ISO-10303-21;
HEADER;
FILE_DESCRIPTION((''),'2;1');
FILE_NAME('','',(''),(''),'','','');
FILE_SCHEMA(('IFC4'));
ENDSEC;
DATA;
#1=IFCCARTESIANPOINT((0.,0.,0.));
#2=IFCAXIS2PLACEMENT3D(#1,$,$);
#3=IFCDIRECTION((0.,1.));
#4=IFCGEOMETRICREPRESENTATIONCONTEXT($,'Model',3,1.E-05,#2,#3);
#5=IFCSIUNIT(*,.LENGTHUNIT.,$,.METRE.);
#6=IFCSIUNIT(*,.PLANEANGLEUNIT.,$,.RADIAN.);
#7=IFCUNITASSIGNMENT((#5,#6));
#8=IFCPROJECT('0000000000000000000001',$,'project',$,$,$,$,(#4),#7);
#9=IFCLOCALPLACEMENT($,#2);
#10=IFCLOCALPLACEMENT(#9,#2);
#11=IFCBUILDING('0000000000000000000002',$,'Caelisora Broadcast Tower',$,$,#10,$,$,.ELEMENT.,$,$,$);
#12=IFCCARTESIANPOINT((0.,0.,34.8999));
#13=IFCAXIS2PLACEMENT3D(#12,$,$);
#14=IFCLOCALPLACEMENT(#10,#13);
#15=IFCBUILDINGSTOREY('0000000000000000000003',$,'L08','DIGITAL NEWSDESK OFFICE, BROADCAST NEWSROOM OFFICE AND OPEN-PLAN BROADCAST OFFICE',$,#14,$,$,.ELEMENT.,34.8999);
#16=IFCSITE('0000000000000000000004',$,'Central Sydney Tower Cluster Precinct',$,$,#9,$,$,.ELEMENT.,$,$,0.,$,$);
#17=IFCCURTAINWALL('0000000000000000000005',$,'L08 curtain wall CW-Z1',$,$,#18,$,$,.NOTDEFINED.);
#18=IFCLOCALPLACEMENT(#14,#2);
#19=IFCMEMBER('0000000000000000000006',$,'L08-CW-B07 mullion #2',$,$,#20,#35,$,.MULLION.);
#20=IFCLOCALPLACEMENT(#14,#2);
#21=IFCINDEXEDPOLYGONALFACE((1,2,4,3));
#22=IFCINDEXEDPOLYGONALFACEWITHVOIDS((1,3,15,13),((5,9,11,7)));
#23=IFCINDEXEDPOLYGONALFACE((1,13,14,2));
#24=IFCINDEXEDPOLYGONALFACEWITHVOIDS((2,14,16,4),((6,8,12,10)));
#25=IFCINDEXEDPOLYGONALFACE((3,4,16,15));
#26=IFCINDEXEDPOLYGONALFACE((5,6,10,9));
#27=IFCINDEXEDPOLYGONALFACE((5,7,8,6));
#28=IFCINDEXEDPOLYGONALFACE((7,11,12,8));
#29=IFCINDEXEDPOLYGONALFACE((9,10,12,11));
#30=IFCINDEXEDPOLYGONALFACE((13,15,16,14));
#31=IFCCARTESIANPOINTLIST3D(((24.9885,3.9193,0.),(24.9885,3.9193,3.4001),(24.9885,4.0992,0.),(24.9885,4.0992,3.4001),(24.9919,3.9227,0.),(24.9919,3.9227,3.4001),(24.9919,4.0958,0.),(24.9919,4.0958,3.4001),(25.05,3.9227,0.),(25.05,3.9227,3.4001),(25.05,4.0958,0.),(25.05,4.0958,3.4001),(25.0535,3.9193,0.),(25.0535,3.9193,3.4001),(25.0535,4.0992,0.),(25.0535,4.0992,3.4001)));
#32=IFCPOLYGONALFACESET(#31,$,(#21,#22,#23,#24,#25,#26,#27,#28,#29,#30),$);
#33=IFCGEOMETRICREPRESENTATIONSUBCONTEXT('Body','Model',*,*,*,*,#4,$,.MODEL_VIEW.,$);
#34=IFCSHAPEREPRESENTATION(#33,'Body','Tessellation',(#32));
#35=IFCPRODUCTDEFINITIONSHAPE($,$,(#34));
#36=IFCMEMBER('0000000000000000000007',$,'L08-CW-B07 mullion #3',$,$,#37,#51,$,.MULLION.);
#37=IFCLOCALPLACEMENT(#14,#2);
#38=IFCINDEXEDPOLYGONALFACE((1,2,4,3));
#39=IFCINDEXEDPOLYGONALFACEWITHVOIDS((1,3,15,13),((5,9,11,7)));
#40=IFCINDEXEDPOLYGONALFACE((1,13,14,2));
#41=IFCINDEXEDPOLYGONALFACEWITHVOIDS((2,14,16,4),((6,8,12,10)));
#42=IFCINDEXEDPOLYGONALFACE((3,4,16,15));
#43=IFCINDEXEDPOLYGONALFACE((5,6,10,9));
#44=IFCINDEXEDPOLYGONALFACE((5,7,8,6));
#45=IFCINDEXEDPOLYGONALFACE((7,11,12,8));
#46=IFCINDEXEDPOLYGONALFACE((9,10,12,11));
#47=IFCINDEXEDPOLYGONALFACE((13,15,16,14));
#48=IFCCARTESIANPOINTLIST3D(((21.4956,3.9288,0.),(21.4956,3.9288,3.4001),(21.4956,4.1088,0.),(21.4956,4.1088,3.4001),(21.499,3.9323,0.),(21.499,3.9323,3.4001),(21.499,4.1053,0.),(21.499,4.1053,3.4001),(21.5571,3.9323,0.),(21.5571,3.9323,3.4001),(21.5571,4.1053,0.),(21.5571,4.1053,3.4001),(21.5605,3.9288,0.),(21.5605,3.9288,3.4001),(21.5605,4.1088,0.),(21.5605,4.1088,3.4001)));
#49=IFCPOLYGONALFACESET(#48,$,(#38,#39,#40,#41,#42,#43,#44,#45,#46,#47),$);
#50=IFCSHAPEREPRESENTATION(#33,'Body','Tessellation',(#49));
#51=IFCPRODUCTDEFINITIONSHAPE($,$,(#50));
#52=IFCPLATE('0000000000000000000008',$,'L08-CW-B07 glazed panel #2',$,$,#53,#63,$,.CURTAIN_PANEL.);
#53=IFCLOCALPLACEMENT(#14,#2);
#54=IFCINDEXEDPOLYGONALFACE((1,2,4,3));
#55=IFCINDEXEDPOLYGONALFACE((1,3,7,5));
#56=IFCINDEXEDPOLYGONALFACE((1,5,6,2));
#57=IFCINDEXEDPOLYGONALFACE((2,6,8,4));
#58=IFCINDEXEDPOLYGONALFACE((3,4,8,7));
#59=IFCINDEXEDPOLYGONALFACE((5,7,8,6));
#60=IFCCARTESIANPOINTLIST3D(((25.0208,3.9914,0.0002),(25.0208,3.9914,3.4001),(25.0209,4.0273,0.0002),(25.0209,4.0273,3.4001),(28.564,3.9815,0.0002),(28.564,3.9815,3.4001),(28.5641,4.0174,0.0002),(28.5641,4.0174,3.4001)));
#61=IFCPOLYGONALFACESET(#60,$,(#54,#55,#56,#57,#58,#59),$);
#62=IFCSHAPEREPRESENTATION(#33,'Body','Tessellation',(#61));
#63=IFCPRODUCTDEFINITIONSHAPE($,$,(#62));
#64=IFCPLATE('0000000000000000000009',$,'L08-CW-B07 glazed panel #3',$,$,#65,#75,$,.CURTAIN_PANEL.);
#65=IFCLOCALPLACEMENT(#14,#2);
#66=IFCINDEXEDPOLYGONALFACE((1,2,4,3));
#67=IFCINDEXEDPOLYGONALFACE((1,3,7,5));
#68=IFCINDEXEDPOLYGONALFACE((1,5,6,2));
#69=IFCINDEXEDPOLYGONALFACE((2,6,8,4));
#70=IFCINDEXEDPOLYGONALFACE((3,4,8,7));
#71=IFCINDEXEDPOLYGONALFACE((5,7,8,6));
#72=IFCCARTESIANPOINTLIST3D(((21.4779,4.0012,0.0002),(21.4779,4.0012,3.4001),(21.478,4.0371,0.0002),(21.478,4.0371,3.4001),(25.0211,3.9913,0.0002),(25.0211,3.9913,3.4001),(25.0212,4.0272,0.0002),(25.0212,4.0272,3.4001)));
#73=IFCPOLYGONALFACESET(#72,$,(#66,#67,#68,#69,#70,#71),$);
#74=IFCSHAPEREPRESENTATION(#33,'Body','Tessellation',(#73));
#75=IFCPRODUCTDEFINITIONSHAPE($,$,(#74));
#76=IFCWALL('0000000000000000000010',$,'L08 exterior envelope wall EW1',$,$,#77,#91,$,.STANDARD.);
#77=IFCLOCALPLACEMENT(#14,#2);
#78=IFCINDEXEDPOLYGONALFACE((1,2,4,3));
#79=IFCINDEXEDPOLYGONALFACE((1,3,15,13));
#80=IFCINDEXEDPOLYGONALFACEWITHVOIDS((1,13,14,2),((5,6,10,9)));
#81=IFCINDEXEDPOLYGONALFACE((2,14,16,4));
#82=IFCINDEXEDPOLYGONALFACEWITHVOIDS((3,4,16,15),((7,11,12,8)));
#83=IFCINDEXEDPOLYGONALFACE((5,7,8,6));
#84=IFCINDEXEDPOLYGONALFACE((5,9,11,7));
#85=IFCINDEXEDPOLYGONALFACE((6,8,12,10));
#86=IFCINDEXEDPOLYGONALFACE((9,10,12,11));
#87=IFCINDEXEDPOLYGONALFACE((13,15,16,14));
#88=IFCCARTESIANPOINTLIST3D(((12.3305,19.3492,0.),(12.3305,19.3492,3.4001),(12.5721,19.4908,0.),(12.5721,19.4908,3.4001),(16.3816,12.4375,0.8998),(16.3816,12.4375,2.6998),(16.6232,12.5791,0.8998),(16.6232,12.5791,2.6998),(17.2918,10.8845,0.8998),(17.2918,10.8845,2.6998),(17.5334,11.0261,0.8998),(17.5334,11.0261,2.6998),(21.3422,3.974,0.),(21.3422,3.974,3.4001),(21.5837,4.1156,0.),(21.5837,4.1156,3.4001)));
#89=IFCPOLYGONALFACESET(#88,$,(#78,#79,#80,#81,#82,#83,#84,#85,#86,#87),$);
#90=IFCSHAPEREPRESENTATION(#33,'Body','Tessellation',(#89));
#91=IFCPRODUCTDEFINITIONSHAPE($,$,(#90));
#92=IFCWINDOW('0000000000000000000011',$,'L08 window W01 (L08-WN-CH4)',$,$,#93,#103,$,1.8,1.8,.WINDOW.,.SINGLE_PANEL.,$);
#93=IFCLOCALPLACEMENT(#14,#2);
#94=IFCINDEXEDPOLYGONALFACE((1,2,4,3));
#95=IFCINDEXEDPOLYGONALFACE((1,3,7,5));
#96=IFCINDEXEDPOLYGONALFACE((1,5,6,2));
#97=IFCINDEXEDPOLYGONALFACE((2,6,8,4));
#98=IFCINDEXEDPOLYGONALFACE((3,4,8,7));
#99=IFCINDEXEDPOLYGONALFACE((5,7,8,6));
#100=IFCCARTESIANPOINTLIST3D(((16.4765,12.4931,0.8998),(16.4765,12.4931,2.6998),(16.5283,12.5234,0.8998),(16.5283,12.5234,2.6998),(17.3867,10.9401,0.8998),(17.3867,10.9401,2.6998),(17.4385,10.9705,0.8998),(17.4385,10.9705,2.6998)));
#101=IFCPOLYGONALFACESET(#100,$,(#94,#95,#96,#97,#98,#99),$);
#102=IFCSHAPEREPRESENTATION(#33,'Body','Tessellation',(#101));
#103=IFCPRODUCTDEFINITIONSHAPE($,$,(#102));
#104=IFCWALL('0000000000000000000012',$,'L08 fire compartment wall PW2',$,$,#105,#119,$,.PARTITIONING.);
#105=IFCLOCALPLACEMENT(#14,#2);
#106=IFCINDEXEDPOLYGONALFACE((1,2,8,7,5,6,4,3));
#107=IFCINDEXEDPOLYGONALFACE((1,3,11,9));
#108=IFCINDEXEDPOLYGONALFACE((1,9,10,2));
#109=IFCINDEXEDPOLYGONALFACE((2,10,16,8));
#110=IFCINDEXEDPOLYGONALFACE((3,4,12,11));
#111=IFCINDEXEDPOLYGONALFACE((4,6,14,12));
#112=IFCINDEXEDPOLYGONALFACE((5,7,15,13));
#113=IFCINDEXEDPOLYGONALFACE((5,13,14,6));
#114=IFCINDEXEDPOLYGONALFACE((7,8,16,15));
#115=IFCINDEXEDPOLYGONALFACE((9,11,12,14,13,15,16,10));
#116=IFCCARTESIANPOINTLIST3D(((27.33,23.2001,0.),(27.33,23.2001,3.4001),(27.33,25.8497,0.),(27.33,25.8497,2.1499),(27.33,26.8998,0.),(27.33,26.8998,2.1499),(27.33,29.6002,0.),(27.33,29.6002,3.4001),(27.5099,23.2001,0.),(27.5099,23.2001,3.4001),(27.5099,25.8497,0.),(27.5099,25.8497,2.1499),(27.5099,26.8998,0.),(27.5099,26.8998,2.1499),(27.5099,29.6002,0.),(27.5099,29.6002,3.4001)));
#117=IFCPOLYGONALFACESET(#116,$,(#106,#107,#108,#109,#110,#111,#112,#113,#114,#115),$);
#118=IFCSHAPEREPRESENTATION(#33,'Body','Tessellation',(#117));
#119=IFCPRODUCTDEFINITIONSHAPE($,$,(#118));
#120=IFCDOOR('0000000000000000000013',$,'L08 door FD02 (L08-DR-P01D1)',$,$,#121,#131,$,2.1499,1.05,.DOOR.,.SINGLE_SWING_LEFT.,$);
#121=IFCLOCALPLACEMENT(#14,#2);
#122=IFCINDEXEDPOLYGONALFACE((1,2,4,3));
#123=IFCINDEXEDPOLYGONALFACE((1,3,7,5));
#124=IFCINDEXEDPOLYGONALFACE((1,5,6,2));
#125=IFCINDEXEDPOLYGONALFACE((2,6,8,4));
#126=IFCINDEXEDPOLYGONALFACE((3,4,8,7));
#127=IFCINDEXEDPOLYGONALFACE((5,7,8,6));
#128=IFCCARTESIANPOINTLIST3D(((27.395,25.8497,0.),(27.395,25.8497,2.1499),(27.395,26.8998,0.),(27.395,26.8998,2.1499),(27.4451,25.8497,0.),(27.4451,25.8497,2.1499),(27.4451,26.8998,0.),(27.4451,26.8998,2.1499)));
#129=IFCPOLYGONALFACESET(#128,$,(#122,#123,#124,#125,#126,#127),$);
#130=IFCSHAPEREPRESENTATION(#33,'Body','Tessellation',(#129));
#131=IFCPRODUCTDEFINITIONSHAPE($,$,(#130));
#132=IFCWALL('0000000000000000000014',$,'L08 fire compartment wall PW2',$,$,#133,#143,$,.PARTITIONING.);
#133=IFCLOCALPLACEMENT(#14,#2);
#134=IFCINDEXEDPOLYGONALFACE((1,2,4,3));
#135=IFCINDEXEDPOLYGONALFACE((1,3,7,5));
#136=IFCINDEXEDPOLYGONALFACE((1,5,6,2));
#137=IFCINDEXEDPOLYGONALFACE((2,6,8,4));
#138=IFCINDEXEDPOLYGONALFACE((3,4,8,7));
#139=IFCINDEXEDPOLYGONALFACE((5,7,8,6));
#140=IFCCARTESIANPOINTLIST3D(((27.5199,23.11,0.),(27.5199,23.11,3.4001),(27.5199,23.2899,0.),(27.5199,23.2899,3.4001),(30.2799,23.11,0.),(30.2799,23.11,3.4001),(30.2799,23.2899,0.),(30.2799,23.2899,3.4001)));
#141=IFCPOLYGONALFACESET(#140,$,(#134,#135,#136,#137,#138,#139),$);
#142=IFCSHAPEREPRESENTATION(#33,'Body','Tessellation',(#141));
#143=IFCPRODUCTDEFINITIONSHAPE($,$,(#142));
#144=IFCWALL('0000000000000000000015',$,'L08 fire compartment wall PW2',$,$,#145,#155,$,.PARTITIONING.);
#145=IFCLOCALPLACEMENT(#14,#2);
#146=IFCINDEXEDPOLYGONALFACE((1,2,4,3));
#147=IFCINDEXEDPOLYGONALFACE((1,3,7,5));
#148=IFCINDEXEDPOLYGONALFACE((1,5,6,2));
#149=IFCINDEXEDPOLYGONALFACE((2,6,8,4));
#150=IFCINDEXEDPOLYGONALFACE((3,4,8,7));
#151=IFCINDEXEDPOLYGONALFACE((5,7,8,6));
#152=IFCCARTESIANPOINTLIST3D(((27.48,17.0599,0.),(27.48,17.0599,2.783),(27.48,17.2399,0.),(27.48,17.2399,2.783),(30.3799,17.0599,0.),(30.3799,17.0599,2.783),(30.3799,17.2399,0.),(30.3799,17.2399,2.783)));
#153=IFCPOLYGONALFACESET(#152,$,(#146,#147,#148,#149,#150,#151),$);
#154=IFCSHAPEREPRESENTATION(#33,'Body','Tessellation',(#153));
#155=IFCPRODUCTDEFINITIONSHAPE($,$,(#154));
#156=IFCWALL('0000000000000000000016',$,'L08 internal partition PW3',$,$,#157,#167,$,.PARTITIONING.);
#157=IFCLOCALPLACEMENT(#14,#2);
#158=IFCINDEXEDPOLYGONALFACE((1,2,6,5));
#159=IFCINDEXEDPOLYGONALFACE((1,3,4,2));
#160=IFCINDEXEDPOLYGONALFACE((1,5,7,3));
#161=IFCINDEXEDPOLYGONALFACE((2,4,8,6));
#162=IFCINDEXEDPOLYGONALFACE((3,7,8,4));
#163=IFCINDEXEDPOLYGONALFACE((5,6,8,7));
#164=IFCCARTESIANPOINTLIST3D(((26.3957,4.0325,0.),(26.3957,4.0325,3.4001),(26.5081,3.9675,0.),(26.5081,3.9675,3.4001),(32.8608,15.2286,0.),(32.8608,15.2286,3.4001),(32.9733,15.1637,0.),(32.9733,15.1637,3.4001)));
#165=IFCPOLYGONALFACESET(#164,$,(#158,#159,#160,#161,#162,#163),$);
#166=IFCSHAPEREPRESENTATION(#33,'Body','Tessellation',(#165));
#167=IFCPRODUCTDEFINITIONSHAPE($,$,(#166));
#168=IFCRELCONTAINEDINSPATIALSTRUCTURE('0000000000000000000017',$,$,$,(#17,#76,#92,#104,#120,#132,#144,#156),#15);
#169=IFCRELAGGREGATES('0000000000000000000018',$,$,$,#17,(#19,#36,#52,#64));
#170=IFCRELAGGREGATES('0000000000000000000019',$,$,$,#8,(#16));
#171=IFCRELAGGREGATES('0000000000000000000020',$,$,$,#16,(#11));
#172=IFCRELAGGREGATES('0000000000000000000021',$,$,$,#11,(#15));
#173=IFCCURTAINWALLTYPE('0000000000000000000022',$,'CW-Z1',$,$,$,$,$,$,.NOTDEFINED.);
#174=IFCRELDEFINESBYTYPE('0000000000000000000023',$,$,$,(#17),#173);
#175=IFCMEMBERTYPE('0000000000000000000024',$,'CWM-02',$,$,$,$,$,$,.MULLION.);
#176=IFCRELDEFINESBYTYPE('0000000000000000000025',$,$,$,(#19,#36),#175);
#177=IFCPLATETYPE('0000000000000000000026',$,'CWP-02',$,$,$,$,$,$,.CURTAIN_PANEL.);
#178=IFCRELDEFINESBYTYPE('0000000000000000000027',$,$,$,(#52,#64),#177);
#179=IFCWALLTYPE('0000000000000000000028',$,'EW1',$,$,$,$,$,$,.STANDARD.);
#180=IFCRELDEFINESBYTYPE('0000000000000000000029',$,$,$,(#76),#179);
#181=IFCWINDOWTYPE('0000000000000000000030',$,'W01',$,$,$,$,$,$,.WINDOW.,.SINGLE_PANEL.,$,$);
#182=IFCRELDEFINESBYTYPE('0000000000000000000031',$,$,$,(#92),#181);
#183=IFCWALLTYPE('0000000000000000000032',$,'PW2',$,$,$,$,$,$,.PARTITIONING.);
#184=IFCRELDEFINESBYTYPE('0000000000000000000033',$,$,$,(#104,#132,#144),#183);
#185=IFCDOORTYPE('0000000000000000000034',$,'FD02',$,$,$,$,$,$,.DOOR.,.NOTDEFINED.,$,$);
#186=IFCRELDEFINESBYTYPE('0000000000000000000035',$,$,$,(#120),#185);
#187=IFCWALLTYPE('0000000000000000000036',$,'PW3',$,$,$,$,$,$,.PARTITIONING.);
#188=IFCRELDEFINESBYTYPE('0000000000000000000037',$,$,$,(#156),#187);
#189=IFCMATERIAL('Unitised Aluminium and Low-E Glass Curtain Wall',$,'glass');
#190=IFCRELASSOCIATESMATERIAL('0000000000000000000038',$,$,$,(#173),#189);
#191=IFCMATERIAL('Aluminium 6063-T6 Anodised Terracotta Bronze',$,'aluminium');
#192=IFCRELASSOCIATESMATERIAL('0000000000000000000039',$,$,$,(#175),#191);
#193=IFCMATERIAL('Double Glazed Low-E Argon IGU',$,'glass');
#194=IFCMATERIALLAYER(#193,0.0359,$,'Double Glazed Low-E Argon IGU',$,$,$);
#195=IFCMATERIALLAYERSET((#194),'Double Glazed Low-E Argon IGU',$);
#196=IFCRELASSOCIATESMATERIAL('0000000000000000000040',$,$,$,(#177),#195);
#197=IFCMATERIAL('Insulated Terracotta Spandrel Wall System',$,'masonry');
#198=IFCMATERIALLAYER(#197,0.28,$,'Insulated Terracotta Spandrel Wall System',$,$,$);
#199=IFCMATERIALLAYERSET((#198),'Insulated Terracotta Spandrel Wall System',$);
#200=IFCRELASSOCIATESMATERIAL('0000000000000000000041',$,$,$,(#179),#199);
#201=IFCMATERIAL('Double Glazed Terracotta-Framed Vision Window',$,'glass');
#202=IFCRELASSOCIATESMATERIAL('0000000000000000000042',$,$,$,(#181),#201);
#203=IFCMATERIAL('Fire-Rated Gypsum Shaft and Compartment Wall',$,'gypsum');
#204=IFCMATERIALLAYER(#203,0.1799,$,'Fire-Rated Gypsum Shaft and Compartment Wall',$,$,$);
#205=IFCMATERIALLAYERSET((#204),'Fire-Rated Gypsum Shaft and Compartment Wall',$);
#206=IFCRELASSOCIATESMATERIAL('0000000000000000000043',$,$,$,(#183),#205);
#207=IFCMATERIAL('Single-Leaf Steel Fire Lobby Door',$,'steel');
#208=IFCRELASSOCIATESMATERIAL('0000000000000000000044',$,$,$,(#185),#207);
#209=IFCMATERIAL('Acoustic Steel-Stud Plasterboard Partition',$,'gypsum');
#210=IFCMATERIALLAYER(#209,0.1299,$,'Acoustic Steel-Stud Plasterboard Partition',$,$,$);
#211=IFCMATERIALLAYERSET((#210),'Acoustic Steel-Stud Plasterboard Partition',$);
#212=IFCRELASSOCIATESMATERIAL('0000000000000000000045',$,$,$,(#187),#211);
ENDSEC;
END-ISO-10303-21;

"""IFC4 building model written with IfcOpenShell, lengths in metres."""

from ifc_helpers import new_model, si_unit, direction, frame, frame_2d, origin, origin_2d, place, context, subcontext, project, spatial, rectangle, hollow_rectangle, extrude, source, transform, mapped, material, layer, layer_set, material_profile, profile_set, type_object, type_shapes, element, fill, aggregate, save


model = new_model("IFC4")

# Units and contexts
model_context = context("Model", 3, precision=1e-05, world=origin(), true_north=direction((0.0, 1.0)))
body_context = subcontext(model_context, "Body", "Model", "MODEL_VIEW")
ifc_project = project(units=[si_unit("LENGTHUNIT", "METRE"), si_unit("PLANEANGLEUNIT", "RADIAN")], contexts=[model_context])

# Site, building, storey
site_placement = place(None, origin())
site = spatial("IfcSite", under=ifc_project, at=site_placement, Name="Central Sydney Tower Cluster Precinct", CompositionType="ELEMENT", RefElevation=0.0)
building_placement = place(site_placement, origin())
building = spatial("IfcBuilding", under=site, at=building_placement, Name="Caelisora Broadcast Tower", CompositionType="ELEMENT")
storey_placement = place(building_placement, frame((0.0, 0.0, 34.8999)))
storey = spatial("IfcBuildingStorey", under=building, at=storey_placement, Name="L08", Description="DIGITAL NEWSDESK OFFICE, BROADCAST NEWSROOM OFFICE AND OPEN-PLAN BROADCAST OFFICE", CompositionType="ELEMENT", Elevation=34.8999)

# Curtain wall, members, plates
ifc_material_1 = material(Name="Unitised Aluminium and Low-E Glass Curtain Wall", Category="glass")
curtain_wall_type = type_object("IfcCurtainWallType", Name="CW-Z1", PredefinedType="NOTDEFINED", material=ifc_material_1)
curtain_wall_placement = place(storey_placement, origin())
curtain_wall = element("IfcCurtainWall", 1, at=curtain_wall_placement, inside=storey, type_object=curtain_wall_type, Name="L08 curtain wall CW-Z1", PredefinedType="NOTDEFINED")
ifc_material_2 = material(Name="Aluminium 6063-T6 Anodised Terracotta Bronze", Category="aluminium")
ifc_material_profile_1 = material_profile(ifc_material_2, hollow_rectangle(XDim=0.0649, YDim=0.1799, WallThickness=0.0034, at=origin_2d()), Name="Aluminium 6063-T6 Anodised Terracotta Bronze")
ifc_profile_set_1 = profile_set([ifc_material_profile_1], Name="Aluminium 6063-T6 Anodised Terracotta Bronze")
member_type = type_object("IfcMemberType", Name="CWM-02", PredefinedType="MULLION", material=ifc_profile_set_1)
shared_shape_1 = source(origin(), body_context, "Body", "SweptSolid", [
    extrude(hollow_rectangle(XDim=0.0649, YDim=0.1799, WallThickness=0.0034, at=origin_2d()), origin(), (0.0, 0.0, 1.0), 3.4001),
])
type_shapes(member_type, [shared_shape_1])
member_1_placement = place(storey_placement, frame((25.021, 4.0093, 0.0), z_axis=(0.0, 0.0, 1.0), x_axis=(1.0, 0.0, 0.0)))
member_1 = element("IfcMember", 2, at=member_1_placement, type_object=member_type, Name="L08-CW-B07 mullion #2", PredefinedType="MULLION", context=body_context, shape_type="MappedRepresentation", body=[
    mapped(shared_shape_1, transform((0.0, 0.0, 0.0), scale=1.0)),
])
member_2_placement = place(storey_placement, frame((21.5281, 4.0188, 0.0), z_axis=(0.0, 0.0, 1.0), x_axis=(1.0, 0.0, 0.0)))
member_2 = element("IfcMember", 3, at=member_2_placement, type_object=member_type, Name="L08-CW-B07 mullion #3", PredefinedType="MULLION", context=body_context, shape_type="MappedRepresentation", body=[
    mapped(shared_shape_1, transform((0.0, 0.0, 0.0), scale=1.0)),
])
ifc_material_3 = material(Name="Double Glazed Low-E Argon IGU", Category="glass")
ifc_layer_1 = layer(ifc_material_3, 0.0359, Name="Double Glazed Low-E Argon IGU")
ifc_layer_set_1 = layer_set([ifc_layer_1], Name="Double Glazed Low-E Argon IGU")
plate_type = type_object("IfcPlateType", Name="CWP-02", PredefinedType="CURTAIN_PANEL", material=ifc_layer_set_1)
shared_shape_2 = source(origin(), body_context, "Body", "SweptSolid", [
    extrude(rectangle(XDim=3.5432, YDim=0.0359, at=origin_2d()), origin(), (0.0, 0.0, 1.0), 3.3999),
])
type_shapes(plate_type, [shared_shape_2])
plate_1_placement = place(storey_placement, frame((26.7925, 4.0044, 0.0002), z_axis=(0.0, 0.0, 1.0), x_axis=(-0.999996, 0.002793, 0.0)))
plate_1 = element("IfcPlate", 4, at=plate_1_placement, type_object=plate_type, Name="L08-CW-B07 glazed panel #2", PredefinedType="CURTAIN_PANEL", context=body_context, shape_type="MappedRepresentation", body=[
    mapped(shared_shape_2, transform((0.0, 0.0, 0.0), scale=1.0)),
])
plate_2_placement = place(storey_placement, frame((23.2495, 4.0142, 0.0002), z_axis=(0.0, 0.0, 1.0), x_axis=(-0.999996, 0.002793, 0.0)))
plate_2 = element("IfcPlate", 5, at=plate_2_placement, type_object=plate_type, Name="L08-CW-B07 glazed panel #3", PredefinedType="CURTAIN_PANEL", context=body_context, shape_type="MappedRepresentation", body=[
    mapped(shared_shape_2, transform((0.0, 0.0, 0.0), scale=1.0)),
])
aggregate(curtain_wall, [member_1, member_2, plate_1, plate_2])

# Wall, opening, window
ifc_material_4 = material(Name="Insulated Terracotta Spandrel Wall System", Category="masonry")
ifc_layer_2 = layer(ifc_material_4, 0.28, Name="Insulated Terracotta Spandrel Wall System")
ifc_layer_set_2 = layer_set([ifc_layer_2], Name="Insulated Terracotta Spandrel Wall System")
wall_type_1 = type_object("IfcWallType", Name="EW1", PredefinedType="STANDARD", material=ifc_layer_set_2)
wall_1_placement = place(storey_placement, frame((21.4629, 4.0449, 0.0), z_axis=(0.0, 0.0, 1.0), x_axis=(-0.505663, 0.862731, 0.0)))
wall_1 = element("IfcWall", 6, at=wall_1_placement, inside=storey, type_object=wall_type_1, Name="L08 exterior envelope wall EW1", PredefinedType="STANDARD", context=body_context, shape_type="SweptSolid", body=[
    extrude(rectangle(XDim=17.8215, YDim=0.28, at=frame_2d((8.9106, 0.0))), origin(), (0.0, 0.0, 1.0), 3.4001),
])
opening_1_placement = place(wall_1_placement, frame((8.01, 0.0, 0.8999)))
opening_1 = element("IfcOpeningElement", 7, at=opening_1_placement, cuts=wall_1, PredefinedType="OPENING", context=body_context, shape_type="SweptSolid", body=[
    extrude(rectangle(XDim=1.8, YDim=1.8, at=frame_2d((0.8999, 0.8999))), frame((0.0, 0.1521, 0.0), z_axis=(0.0, -1.0, 0.0), x_axis=(1.0, 0.0, 0.0)), (0.0, 0.0, 1.0), 0.304),
])
ifc_material_5 = material(Name="Double Glazed Terracotta-Framed Vision Window", Category="glass")
window_type = type_object("IfcWindowType", Name="W01", PartitioningType="SINGLE_PANEL", PredefinedType="WINDOW", material=ifc_material_5)
window_placement = place(opening_1_placement, origin())
window = element("IfcWindow", 8, at=window_placement, inside=storey, type_object=window_type, Name="L08 window W01 (L08-WN-CH4)", OverallHeight=1.8, OverallWidth=1.8, PartitioningType="SINGLE_PANEL", PredefinedType="WINDOW", context=body_context, shape_type="SweptSolid", body=[
    extrude(rectangle(XDim=1.8, YDim=1.8, at=frame_2d((0.8999, 0.8999))), frame((0.0, 0.03, 0.0), z_axis=(0.0, -1.0, 0.0), x_axis=(1.0, 0.0, 0.0)), (0.0, 0.0, 1.0), 0.0601),
])
fill(opening_1, window)

# Wall, opening, door
ifc_material_6 = material(Name="Fire-Rated Gypsum Shaft and Compartment Wall", Category="gypsum")
ifc_layer_3 = layer(ifc_material_6, 0.1799, Name="Fire-Rated Gypsum Shaft and Compartment Wall")
ifc_layer_set_3 = layer_set([ifc_layer_3], Name="Fire-Rated Gypsum Shaft and Compartment Wall")
wall_type_2 = type_object("IfcWallType", Name="PW2", PredefinedType="PARTITIONING", material=ifc_layer_set_3)
wall_2_placement = place(storey_placement, frame((27.4199, 23.2, 0.0), z_axis=(0.0, 0.0, 1.0), x_axis=(0.0, 1.0, 0.0)))
wall_2 = element("IfcWall", 9, at=wall_2_placement, inside=storey, type_object=wall_type_2, Name="L08 fire compartment wall PW2", PredefinedType="PARTITIONING", context=body_context, shape_type="SweptSolid", body=[
    extrude(rectangle(XDim=6.4001, YDim=0.1799, at=frame_2d((3.2002, 0.0))), origin(), (0.0, 0.0, 1.0), 3.4001),
])
opening_2_placement = place(wall_2_placement, frame((2.6499, 0.0, 0.0)))
opening_2 = element("IfcOpeningElement", 10, at=opening_2_placement, cuts=wall_2, PredefinedType="OPENING", context=body_context, shape_type="SweptSolid", body=[
    extrude(rectangle(XDim=1.05, YDim=2.1499, at=frame_2d((0.5249, 1.075))), frame((0.0, 0.1021, 0.0), z_axis=(0.0, -1.0, 0.0), x_axis=(1.0, 0.0, 0.0)), (0.0, 0.0, 1.0), 0.2039),
])
ifc_material_7 = material(Name="Single-Leaf Steel Fire Lobby Door", Category="steel")
door_type = type_object("IfcDoorType", Name="FD02", OperationType="NOTDEFINED", PredefinedType="DOOR", material=ifc_material_7)
door_1_placement = place(opening_2_placement, origin())
door_1 = element("IfcDoor", 11, at=door_1_placement, inside=storey, type_object=door_type, Name="L08 door FD02 (L08-DR-P01D1)", OperationType="SINGLE_SWING_LEFT", OverallHeight=2.1499, OverallWidth=1.05, PredefinedType="DOOR", context=body_context, shape_type="SweptSolid", body=[
    extrude(rectangle(XDim=1.05, YDim=2.1499, at=frame_2d((0.5249, 1.075))), frame((0.0, 0.0249, 0.0), z_axis=(0.0, -1.0, 0.0), x_axis=(1.0, 0.0, 0.0)), (0.0, 0.0, 1.0), 0.05),
])
fill(opening_2, door_1)

# Wall
wall_3_placement = place(storey_placement, frame((27.52, 23.2, 0.0), z_axis=(0.0, 0.0, 1.0), x_axis=(1.0, 0.0, 0.0)))
element("IfcWall", 12, at=wall_3_placement, inside=storey, type_object=wall_type_2, Name="L08 fire compartment wall PW2", PredefinedType="PARTITIONING", context=body_context, shape_type="SweptSolid", body=[
    extrude(rectangle(XDim=2.76, YDim=0.1799, at=frame_2d((1.3799, 0.0))), origin(), (0.0, 0.0, 1.0), 3.4001),
])

# Walls
wall_4_placement = place(storey_placement, frame((27.48, 17.1499, 0.0), z_axis=(0.0, 0.0, 1.0), x_axis=(1.0, 0.0, 0.0)))
element("IfcWall", 13, at=wall_4_placement, inside=storey, type_object=wall_type_2, Name="L08 fire compartment wall PW2", PredefinedType="PARTITIONING", context=body_context, shape_type="SweptSolid", body=[
    extrude(rectangle(XDim=2.8999, YDim=0.1799, at=frame_2d((1.45, 0.0))), origin(), (0.0, 0.0, 1.0), 2.783),
])
ifc_material_8 = material(Name="Acoustic Steel-Stud Plasterboard Partition", Category="gypsum")
ifc_layer_4 = layer(ifc_material_8, 0.1299, Name="Acoustic Steel-Stud Plasterboard Partition")
ifc_layer_set_4 = layer_set([ifc_layer_4], Name="Acoustic Steel-Stud Plasterboard Partition")
wall_type_3 = type_object("IfcWallType", Name="PW3", PredefinedType="PARTITIONING", material=ifc_layer_set_4)
wall_5_placement = place(storey_placement, frame((26.4519, 4.0, 0.0), z_axis=(0.0, 0.0, 1.0), x_axis=(0.500061, 0.86599, 0.0)))
element("IfcWall", 14, at=wall_5_placement, inside=storey, type_object=wall_type_3, Name="L08 internal partition PW3", PredefinedType="PARTITIONING", context=body_context, shape_type="SweptSolid", body=[
    extrude(rectangle(XDim=12.9287, YDim=0.1299, at=frame_2d((6.4644, 0.0))), origin(), (0.0, 0.0, 1.0), 3.4001),
])

save(model, "model.ifc")
